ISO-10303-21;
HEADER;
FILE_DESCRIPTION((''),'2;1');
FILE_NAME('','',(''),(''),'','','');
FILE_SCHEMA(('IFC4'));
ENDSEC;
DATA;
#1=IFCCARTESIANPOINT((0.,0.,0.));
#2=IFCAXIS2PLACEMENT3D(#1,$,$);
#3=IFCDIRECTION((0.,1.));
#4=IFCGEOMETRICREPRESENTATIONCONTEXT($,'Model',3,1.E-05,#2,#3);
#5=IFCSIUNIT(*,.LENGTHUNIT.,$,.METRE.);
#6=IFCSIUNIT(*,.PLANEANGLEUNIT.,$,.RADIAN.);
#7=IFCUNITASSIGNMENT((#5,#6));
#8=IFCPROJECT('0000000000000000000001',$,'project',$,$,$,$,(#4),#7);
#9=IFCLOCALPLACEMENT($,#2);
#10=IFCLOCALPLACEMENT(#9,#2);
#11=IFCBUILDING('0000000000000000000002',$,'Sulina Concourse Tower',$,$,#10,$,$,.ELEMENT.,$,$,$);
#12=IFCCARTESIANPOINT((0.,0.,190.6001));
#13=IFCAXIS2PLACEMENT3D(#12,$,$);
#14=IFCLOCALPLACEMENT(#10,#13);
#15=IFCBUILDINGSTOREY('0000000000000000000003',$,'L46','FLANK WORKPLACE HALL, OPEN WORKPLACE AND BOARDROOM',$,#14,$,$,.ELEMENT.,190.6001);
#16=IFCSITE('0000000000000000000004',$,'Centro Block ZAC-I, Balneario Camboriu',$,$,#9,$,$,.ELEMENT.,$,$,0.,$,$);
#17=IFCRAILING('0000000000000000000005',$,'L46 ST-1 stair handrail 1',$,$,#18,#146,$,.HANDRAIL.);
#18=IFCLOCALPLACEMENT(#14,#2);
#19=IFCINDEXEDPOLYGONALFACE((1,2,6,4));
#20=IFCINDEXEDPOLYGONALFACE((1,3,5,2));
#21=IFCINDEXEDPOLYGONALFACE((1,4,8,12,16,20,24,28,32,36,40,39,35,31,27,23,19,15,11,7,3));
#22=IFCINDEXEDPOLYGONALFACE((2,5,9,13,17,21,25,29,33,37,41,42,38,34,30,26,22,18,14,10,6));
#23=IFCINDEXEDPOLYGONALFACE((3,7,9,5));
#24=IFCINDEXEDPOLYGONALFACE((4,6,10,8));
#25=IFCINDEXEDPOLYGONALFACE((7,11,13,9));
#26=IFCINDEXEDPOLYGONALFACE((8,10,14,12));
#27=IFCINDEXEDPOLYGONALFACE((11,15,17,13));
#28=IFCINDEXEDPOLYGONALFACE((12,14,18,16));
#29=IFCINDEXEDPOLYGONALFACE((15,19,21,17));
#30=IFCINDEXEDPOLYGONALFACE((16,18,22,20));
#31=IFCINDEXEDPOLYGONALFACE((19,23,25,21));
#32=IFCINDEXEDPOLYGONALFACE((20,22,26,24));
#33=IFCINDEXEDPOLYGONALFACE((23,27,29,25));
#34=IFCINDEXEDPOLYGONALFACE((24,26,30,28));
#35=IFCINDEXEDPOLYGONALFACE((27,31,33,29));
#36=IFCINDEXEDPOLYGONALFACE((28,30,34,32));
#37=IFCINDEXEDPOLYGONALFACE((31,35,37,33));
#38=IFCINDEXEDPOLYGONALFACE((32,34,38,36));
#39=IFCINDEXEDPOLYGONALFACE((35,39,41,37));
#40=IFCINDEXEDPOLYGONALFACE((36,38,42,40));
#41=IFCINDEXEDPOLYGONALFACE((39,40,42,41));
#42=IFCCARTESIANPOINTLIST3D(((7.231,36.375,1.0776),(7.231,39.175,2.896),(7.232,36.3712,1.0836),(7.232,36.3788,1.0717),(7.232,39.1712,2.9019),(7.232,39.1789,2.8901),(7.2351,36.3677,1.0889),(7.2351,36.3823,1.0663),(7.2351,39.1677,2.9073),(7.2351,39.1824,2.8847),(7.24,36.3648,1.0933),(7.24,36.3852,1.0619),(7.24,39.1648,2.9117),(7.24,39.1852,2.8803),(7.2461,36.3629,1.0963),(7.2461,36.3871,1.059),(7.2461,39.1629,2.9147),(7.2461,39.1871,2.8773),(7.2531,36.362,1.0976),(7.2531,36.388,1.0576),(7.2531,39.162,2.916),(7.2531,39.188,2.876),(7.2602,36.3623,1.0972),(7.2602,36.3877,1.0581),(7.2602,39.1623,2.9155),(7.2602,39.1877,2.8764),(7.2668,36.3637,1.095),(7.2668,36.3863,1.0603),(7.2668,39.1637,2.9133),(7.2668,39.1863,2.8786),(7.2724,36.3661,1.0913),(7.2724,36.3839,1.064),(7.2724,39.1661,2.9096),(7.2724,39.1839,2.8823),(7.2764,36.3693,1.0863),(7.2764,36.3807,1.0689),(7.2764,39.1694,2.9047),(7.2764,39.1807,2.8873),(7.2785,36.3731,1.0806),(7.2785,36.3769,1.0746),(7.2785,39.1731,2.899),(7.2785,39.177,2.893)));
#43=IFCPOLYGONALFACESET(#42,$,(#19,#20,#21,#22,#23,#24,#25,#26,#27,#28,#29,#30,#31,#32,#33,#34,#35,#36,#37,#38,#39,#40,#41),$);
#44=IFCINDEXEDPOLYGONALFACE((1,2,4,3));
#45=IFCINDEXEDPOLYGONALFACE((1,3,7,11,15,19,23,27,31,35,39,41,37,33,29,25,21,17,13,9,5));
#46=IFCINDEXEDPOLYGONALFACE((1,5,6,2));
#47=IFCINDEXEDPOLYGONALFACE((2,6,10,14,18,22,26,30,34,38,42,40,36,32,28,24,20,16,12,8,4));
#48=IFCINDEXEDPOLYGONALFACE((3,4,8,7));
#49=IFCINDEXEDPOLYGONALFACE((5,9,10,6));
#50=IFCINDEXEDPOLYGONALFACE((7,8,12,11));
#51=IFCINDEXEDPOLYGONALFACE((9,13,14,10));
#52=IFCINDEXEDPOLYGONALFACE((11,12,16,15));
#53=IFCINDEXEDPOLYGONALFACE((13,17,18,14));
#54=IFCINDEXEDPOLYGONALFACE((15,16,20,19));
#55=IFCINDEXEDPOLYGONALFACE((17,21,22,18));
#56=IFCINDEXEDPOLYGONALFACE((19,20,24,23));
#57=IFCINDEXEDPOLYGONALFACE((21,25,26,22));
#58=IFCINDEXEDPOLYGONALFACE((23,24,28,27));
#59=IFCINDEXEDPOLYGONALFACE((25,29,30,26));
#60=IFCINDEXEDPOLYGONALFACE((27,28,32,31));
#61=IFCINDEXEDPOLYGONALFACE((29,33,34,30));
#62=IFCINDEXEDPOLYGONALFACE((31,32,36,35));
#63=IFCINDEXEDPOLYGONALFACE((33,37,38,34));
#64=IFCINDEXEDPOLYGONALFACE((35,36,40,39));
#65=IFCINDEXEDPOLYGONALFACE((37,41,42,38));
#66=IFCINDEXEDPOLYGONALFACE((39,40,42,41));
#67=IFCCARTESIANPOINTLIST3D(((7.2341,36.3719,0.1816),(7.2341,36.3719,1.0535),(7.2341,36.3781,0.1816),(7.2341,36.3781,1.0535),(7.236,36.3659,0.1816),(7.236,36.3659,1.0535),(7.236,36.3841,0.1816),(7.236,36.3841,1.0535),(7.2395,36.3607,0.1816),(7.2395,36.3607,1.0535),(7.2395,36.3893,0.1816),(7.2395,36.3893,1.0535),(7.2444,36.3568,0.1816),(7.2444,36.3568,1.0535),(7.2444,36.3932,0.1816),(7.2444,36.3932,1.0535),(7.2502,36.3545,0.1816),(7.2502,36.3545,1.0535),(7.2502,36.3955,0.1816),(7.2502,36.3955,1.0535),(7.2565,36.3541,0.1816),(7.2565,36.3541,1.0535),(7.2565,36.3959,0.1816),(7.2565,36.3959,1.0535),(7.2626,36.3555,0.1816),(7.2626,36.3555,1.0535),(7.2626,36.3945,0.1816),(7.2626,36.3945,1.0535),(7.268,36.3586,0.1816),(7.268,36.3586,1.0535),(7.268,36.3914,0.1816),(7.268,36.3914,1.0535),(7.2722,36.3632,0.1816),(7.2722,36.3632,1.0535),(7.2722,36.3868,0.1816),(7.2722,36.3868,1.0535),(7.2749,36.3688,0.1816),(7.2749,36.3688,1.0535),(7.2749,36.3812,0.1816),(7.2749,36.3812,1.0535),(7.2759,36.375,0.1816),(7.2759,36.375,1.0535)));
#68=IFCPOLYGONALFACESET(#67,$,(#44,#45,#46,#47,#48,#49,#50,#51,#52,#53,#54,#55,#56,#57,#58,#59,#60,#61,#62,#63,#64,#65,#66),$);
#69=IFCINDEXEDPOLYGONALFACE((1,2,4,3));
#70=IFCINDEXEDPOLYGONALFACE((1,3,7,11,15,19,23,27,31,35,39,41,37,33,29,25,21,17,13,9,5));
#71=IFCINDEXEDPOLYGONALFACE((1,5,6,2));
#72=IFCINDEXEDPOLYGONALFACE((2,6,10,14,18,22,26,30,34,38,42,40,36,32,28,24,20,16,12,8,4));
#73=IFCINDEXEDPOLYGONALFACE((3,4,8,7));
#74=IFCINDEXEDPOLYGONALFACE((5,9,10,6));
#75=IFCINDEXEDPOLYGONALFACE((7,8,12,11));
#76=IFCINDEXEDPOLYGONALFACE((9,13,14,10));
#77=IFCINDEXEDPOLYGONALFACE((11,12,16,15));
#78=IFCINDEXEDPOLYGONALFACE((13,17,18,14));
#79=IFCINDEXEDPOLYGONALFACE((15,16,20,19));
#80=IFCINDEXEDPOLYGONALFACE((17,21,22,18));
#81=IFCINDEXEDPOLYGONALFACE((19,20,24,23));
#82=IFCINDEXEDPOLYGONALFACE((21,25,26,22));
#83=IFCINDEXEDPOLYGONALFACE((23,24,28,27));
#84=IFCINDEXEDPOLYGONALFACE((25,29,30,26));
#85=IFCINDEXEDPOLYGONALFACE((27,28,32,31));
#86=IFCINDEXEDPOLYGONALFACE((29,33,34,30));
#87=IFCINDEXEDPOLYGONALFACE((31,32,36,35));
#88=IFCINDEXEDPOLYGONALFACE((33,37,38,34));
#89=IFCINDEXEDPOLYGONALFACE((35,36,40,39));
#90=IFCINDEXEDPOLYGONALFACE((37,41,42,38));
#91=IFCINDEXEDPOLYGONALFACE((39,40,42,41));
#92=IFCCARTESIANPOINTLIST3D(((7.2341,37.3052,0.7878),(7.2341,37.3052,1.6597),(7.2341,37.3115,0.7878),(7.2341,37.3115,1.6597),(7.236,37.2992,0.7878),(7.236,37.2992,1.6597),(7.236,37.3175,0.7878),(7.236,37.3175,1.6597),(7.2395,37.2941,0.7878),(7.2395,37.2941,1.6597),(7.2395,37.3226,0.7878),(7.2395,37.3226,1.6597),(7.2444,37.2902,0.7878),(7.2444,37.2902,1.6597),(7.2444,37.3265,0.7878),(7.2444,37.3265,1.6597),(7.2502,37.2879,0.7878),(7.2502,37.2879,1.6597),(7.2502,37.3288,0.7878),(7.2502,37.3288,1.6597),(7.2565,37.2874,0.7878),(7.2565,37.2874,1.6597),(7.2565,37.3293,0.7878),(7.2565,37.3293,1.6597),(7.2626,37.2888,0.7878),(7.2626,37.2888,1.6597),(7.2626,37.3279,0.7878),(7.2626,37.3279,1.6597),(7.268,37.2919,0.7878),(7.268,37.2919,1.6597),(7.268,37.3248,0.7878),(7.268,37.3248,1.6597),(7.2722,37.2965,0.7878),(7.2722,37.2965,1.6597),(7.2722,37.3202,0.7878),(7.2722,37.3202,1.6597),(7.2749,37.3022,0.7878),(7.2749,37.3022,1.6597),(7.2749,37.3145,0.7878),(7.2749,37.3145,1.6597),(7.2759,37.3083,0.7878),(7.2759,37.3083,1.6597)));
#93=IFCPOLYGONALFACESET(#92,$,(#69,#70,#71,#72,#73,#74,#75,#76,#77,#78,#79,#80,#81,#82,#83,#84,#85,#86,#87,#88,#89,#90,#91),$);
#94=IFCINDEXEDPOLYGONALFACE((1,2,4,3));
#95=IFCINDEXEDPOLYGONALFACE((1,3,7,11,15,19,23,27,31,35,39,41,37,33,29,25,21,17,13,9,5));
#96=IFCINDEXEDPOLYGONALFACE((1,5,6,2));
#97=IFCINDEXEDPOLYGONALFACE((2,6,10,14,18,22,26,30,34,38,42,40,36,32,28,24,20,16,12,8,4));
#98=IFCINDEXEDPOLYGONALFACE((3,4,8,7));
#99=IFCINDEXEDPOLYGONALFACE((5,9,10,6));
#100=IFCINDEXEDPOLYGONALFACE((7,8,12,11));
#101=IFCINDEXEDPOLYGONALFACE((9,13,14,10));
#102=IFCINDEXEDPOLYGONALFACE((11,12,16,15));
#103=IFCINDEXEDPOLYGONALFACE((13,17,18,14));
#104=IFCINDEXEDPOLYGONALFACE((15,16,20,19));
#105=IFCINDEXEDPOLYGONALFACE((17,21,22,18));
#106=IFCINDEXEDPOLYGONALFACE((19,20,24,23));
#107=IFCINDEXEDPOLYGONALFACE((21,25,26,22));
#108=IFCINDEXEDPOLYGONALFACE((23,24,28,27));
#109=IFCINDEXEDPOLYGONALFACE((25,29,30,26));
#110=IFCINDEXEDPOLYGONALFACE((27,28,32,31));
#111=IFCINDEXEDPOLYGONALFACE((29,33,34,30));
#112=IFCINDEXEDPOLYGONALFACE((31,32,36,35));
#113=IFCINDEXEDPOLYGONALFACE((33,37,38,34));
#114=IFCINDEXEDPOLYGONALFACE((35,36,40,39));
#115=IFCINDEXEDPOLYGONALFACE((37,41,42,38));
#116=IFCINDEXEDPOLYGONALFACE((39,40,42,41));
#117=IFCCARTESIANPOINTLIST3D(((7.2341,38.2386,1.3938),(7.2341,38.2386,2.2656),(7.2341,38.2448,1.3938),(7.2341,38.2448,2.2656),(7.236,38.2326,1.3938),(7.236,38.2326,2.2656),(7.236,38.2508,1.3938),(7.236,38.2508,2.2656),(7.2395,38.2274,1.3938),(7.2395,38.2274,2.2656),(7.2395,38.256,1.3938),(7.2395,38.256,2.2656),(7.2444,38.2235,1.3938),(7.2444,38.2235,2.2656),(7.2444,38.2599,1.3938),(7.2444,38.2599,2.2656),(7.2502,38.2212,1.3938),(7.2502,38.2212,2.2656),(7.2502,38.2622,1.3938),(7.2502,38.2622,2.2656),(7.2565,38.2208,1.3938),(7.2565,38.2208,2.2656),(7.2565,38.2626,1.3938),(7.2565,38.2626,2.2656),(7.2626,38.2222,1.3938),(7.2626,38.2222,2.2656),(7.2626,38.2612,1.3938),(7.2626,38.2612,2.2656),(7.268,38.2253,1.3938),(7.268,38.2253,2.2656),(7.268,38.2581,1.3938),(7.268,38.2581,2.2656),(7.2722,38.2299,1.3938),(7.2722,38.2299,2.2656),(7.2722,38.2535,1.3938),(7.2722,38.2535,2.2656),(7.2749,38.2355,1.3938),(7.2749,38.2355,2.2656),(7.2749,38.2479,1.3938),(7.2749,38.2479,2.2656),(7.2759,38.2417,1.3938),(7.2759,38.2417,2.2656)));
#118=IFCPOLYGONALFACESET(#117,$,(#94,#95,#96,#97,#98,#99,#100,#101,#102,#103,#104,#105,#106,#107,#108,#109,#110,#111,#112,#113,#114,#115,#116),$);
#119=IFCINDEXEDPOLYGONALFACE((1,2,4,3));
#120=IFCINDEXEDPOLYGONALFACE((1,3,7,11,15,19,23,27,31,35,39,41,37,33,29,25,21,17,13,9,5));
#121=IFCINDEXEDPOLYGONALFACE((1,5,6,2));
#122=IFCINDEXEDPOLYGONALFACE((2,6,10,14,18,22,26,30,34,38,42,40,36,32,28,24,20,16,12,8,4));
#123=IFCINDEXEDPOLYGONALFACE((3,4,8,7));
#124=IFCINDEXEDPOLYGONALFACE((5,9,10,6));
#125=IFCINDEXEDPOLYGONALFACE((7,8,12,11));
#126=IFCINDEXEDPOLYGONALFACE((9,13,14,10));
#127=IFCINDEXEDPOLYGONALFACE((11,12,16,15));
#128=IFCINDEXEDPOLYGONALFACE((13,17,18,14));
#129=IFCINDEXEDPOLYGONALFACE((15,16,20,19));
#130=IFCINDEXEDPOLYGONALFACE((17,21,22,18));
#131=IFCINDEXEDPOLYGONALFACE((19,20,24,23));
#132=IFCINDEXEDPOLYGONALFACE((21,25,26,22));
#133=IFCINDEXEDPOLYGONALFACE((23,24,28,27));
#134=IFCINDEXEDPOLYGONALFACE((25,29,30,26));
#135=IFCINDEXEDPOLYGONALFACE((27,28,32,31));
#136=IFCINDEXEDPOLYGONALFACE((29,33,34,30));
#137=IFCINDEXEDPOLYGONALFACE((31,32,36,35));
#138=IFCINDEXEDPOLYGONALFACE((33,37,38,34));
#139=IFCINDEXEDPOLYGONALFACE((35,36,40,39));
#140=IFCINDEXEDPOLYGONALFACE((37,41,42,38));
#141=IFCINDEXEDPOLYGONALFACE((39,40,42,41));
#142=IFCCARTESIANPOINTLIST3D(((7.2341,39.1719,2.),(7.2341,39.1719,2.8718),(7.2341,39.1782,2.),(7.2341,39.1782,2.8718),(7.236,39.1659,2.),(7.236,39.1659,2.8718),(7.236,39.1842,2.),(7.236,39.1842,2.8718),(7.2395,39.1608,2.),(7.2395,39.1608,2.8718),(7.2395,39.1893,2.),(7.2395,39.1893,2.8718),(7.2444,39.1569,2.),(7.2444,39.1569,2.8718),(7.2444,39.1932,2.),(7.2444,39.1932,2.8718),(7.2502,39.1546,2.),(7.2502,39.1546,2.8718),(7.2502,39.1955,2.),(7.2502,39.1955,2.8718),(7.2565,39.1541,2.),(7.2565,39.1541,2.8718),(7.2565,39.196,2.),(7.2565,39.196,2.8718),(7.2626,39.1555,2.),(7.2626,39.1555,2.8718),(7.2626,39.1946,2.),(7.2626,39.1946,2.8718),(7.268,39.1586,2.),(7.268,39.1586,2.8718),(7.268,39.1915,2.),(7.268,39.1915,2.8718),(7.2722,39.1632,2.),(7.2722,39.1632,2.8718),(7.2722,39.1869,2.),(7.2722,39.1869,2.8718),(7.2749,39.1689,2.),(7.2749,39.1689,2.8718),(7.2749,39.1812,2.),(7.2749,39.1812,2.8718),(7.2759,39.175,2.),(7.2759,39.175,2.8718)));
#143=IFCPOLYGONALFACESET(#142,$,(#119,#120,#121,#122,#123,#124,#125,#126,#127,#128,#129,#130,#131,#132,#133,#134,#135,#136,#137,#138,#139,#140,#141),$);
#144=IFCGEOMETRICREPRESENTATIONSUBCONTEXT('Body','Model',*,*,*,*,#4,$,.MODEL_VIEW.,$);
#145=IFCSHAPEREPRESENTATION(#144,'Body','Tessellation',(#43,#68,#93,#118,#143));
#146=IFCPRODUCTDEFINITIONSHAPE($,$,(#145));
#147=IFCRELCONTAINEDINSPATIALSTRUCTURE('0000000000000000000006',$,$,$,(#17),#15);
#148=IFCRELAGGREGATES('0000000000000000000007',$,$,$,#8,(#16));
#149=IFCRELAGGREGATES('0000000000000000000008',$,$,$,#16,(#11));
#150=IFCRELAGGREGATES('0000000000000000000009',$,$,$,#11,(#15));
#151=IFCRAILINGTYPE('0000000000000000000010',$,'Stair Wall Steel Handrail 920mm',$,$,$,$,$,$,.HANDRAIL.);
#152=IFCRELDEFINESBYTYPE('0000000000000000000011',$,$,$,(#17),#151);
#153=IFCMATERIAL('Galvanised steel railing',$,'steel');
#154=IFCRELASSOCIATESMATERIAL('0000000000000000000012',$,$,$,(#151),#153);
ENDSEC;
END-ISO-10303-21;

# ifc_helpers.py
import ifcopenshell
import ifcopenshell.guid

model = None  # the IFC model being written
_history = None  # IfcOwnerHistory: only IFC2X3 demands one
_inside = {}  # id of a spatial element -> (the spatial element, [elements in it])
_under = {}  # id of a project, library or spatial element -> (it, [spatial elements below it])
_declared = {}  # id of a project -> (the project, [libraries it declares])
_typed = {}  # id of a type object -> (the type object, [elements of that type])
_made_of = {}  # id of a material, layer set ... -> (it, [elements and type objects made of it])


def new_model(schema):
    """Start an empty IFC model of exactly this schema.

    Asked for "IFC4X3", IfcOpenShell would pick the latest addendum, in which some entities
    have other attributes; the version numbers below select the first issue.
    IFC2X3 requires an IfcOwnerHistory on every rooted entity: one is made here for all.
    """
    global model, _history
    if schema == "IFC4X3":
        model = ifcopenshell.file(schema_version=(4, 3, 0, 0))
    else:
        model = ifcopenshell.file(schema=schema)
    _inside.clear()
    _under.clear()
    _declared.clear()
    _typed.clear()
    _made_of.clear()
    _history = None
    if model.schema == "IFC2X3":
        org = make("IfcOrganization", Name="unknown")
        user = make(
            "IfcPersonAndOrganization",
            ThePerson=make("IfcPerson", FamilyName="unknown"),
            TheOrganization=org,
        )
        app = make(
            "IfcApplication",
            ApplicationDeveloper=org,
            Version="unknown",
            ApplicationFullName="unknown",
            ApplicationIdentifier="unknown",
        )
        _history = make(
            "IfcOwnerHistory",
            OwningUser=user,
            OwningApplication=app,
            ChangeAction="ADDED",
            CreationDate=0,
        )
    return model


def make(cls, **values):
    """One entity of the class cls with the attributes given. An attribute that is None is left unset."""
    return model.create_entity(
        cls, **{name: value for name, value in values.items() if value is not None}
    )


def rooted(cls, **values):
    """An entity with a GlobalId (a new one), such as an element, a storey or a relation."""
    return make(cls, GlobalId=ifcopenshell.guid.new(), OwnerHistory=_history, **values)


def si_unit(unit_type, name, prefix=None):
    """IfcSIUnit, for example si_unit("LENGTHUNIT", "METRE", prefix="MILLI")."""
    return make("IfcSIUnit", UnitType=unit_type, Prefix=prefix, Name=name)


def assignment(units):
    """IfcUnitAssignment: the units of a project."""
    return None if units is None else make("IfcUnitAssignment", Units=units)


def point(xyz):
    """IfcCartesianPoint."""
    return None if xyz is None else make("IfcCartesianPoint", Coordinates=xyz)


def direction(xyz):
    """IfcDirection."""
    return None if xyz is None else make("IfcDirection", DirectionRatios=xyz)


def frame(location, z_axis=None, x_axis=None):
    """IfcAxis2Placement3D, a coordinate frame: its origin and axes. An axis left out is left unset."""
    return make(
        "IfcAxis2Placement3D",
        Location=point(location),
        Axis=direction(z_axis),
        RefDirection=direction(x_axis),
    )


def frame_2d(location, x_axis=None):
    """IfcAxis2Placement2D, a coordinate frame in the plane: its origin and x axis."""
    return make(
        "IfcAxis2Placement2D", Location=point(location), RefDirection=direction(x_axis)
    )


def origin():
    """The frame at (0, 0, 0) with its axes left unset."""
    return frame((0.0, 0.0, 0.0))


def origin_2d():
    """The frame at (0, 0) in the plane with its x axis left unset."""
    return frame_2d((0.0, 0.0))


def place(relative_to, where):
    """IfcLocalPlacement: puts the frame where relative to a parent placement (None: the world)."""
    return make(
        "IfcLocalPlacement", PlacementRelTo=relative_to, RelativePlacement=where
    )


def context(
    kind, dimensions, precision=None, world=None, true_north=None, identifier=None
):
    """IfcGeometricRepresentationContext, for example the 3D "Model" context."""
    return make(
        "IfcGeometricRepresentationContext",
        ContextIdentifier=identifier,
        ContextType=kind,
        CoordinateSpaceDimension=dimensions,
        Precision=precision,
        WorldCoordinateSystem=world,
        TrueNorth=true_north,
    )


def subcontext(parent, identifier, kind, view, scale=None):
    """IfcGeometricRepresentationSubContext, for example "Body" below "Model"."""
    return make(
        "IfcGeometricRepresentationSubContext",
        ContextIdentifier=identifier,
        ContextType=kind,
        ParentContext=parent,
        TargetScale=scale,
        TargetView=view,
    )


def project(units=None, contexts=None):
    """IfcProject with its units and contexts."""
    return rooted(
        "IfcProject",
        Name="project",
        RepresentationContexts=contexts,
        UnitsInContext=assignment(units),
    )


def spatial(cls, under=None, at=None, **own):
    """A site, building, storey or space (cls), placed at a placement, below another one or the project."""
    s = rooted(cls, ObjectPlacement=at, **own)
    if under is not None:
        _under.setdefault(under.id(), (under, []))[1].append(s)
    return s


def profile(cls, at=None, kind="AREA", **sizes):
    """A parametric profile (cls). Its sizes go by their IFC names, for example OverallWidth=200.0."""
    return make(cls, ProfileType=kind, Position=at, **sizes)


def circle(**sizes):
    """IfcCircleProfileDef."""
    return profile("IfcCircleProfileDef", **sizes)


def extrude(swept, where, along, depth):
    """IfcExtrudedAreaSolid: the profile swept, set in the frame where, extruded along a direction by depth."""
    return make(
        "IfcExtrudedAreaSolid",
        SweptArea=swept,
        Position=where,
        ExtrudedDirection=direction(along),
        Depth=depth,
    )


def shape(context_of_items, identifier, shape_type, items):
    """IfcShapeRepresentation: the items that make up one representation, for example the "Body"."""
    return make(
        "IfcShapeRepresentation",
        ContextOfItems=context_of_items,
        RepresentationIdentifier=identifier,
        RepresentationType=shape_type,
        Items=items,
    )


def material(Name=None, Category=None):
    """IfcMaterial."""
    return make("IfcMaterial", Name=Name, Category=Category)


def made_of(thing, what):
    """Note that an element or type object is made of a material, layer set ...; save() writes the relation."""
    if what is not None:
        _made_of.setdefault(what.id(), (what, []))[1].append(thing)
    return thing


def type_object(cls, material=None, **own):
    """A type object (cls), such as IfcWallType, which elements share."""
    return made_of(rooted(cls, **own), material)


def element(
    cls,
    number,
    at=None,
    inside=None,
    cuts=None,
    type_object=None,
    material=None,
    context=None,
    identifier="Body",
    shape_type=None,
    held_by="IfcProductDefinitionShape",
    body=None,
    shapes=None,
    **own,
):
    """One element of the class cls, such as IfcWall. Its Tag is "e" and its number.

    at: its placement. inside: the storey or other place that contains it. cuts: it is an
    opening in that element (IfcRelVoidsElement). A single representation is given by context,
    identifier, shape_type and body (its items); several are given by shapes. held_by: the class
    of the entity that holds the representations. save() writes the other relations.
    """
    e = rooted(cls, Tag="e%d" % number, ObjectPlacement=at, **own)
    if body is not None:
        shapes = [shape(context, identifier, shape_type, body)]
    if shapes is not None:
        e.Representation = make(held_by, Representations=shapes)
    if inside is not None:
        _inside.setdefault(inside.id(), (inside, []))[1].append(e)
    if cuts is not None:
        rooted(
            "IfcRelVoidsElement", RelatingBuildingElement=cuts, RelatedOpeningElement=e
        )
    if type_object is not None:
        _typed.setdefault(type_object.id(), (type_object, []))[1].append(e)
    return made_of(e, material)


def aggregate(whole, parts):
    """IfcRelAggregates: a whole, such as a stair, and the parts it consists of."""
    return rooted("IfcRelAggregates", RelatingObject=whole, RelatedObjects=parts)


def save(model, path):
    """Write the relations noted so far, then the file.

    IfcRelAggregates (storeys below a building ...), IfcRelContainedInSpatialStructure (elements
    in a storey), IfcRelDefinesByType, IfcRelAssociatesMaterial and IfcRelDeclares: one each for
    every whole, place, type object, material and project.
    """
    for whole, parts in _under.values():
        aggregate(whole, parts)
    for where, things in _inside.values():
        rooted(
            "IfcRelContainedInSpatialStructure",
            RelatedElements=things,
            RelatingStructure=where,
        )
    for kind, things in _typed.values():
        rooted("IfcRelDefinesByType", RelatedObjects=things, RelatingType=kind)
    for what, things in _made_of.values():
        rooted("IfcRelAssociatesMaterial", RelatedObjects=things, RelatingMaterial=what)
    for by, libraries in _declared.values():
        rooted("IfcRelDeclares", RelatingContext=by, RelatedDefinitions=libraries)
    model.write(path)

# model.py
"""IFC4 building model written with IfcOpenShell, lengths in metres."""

from ifc_helpers import new_model, si_unit, direction, frame, origin, origin_2d, place, context, subcontext, project, spatial, circle, extrude, material, type_object, element, save


model = new_model("IFC4")

# Units and contexts
model_context = context("Model", 3, precision=1e-05, world=origin(), true_north=direction((0.0, 1.0)))
body_context = subcontext(model_context, "Body", "Model", "MODEL_VIEW")
ifc_project = project(units=[si_unit("LENGTHUNIT", "METRE"), si_unit("PLANEANGLEUNIT", "RADIAN")], contexts=[model_context])

# Site, building, storey
site_placement = place(None, origin())
site = spatial("IfcSite", under=ifc_project, at=site_placement, Name="Centro Block ZAC-I, Balneario Camboriu", CompositionType="ELEMENT", RefElevation=0.0)
building_placement = place(site_placement, origin())
building = spatial("IfcBuilding", under=site, at=building_placement, Name="Sulina Concourse Tower", CompositionType="ELEMENT")
storey_placement = place(building_placement, frame((0.0, 0.0, 190.6001)))
storey = spatial("IfcBuildingStorey", under=building, at=storey_placement, Name="L46", Description="FLANK WORKPLACE HALL, OPEN WORKPLACE AND BOARDROOM", CompositionType="ELEMENT", Elevation=190.6001)

# Railing
ifc_material_1 = material(Name="Galvanised steel railing", Category="steel")
railing_type_1 = type_object("IfcRailingType", Name="Stair Wall Steel Handrail 920mm", PredefinedType="HANDRAIL", material=ifc_material_1)
railing_1_placement = place(storey_placement, frame((7.2549, 36.375, 0.1816)))
element("IfcRailing", 1, at=railing_1_placement, inside=storey, type_object=railing_type_1, Name="L46 ST-1 stair handrail 1", PredefinedType="HANDRAIL", context=body_context, shape_type="SweptSolid", body=[
    extrude(circle(Radius=0.0239, at=origin_2d()), frame((0.0, 0.0, 0.896), z_axis=(0.0, 0.838672, 0.544636), x_axis=(-1.0, 0.0, 0.0)), (0.0, 0.0, 1.0), 3.3386),
    extrude(circle(Radius=0.021, at=origin_2d()), origin(), (0.0, 0.0, 1.0), 0.8718),
    extrude(circle(Radius=0.021, at=origin_2d()), frame((0.0, 0.9333, 0.6062)), (0.0, 0.0, 1.0), 0.8718),
    extrude(circle(Radius=0.021, at=origin_2d()), frame((0.0, 1.8667, 1.2122)), (0.0, 0.0, 1.0), 0.8718),
    extrude(circle(Radius=0.021, at=origin_2d()), frame((0.0, 2.8, 1.8184)), (0.0, 0.0, 1.0), 0.8718),
])

save(model, "model.ifc")
